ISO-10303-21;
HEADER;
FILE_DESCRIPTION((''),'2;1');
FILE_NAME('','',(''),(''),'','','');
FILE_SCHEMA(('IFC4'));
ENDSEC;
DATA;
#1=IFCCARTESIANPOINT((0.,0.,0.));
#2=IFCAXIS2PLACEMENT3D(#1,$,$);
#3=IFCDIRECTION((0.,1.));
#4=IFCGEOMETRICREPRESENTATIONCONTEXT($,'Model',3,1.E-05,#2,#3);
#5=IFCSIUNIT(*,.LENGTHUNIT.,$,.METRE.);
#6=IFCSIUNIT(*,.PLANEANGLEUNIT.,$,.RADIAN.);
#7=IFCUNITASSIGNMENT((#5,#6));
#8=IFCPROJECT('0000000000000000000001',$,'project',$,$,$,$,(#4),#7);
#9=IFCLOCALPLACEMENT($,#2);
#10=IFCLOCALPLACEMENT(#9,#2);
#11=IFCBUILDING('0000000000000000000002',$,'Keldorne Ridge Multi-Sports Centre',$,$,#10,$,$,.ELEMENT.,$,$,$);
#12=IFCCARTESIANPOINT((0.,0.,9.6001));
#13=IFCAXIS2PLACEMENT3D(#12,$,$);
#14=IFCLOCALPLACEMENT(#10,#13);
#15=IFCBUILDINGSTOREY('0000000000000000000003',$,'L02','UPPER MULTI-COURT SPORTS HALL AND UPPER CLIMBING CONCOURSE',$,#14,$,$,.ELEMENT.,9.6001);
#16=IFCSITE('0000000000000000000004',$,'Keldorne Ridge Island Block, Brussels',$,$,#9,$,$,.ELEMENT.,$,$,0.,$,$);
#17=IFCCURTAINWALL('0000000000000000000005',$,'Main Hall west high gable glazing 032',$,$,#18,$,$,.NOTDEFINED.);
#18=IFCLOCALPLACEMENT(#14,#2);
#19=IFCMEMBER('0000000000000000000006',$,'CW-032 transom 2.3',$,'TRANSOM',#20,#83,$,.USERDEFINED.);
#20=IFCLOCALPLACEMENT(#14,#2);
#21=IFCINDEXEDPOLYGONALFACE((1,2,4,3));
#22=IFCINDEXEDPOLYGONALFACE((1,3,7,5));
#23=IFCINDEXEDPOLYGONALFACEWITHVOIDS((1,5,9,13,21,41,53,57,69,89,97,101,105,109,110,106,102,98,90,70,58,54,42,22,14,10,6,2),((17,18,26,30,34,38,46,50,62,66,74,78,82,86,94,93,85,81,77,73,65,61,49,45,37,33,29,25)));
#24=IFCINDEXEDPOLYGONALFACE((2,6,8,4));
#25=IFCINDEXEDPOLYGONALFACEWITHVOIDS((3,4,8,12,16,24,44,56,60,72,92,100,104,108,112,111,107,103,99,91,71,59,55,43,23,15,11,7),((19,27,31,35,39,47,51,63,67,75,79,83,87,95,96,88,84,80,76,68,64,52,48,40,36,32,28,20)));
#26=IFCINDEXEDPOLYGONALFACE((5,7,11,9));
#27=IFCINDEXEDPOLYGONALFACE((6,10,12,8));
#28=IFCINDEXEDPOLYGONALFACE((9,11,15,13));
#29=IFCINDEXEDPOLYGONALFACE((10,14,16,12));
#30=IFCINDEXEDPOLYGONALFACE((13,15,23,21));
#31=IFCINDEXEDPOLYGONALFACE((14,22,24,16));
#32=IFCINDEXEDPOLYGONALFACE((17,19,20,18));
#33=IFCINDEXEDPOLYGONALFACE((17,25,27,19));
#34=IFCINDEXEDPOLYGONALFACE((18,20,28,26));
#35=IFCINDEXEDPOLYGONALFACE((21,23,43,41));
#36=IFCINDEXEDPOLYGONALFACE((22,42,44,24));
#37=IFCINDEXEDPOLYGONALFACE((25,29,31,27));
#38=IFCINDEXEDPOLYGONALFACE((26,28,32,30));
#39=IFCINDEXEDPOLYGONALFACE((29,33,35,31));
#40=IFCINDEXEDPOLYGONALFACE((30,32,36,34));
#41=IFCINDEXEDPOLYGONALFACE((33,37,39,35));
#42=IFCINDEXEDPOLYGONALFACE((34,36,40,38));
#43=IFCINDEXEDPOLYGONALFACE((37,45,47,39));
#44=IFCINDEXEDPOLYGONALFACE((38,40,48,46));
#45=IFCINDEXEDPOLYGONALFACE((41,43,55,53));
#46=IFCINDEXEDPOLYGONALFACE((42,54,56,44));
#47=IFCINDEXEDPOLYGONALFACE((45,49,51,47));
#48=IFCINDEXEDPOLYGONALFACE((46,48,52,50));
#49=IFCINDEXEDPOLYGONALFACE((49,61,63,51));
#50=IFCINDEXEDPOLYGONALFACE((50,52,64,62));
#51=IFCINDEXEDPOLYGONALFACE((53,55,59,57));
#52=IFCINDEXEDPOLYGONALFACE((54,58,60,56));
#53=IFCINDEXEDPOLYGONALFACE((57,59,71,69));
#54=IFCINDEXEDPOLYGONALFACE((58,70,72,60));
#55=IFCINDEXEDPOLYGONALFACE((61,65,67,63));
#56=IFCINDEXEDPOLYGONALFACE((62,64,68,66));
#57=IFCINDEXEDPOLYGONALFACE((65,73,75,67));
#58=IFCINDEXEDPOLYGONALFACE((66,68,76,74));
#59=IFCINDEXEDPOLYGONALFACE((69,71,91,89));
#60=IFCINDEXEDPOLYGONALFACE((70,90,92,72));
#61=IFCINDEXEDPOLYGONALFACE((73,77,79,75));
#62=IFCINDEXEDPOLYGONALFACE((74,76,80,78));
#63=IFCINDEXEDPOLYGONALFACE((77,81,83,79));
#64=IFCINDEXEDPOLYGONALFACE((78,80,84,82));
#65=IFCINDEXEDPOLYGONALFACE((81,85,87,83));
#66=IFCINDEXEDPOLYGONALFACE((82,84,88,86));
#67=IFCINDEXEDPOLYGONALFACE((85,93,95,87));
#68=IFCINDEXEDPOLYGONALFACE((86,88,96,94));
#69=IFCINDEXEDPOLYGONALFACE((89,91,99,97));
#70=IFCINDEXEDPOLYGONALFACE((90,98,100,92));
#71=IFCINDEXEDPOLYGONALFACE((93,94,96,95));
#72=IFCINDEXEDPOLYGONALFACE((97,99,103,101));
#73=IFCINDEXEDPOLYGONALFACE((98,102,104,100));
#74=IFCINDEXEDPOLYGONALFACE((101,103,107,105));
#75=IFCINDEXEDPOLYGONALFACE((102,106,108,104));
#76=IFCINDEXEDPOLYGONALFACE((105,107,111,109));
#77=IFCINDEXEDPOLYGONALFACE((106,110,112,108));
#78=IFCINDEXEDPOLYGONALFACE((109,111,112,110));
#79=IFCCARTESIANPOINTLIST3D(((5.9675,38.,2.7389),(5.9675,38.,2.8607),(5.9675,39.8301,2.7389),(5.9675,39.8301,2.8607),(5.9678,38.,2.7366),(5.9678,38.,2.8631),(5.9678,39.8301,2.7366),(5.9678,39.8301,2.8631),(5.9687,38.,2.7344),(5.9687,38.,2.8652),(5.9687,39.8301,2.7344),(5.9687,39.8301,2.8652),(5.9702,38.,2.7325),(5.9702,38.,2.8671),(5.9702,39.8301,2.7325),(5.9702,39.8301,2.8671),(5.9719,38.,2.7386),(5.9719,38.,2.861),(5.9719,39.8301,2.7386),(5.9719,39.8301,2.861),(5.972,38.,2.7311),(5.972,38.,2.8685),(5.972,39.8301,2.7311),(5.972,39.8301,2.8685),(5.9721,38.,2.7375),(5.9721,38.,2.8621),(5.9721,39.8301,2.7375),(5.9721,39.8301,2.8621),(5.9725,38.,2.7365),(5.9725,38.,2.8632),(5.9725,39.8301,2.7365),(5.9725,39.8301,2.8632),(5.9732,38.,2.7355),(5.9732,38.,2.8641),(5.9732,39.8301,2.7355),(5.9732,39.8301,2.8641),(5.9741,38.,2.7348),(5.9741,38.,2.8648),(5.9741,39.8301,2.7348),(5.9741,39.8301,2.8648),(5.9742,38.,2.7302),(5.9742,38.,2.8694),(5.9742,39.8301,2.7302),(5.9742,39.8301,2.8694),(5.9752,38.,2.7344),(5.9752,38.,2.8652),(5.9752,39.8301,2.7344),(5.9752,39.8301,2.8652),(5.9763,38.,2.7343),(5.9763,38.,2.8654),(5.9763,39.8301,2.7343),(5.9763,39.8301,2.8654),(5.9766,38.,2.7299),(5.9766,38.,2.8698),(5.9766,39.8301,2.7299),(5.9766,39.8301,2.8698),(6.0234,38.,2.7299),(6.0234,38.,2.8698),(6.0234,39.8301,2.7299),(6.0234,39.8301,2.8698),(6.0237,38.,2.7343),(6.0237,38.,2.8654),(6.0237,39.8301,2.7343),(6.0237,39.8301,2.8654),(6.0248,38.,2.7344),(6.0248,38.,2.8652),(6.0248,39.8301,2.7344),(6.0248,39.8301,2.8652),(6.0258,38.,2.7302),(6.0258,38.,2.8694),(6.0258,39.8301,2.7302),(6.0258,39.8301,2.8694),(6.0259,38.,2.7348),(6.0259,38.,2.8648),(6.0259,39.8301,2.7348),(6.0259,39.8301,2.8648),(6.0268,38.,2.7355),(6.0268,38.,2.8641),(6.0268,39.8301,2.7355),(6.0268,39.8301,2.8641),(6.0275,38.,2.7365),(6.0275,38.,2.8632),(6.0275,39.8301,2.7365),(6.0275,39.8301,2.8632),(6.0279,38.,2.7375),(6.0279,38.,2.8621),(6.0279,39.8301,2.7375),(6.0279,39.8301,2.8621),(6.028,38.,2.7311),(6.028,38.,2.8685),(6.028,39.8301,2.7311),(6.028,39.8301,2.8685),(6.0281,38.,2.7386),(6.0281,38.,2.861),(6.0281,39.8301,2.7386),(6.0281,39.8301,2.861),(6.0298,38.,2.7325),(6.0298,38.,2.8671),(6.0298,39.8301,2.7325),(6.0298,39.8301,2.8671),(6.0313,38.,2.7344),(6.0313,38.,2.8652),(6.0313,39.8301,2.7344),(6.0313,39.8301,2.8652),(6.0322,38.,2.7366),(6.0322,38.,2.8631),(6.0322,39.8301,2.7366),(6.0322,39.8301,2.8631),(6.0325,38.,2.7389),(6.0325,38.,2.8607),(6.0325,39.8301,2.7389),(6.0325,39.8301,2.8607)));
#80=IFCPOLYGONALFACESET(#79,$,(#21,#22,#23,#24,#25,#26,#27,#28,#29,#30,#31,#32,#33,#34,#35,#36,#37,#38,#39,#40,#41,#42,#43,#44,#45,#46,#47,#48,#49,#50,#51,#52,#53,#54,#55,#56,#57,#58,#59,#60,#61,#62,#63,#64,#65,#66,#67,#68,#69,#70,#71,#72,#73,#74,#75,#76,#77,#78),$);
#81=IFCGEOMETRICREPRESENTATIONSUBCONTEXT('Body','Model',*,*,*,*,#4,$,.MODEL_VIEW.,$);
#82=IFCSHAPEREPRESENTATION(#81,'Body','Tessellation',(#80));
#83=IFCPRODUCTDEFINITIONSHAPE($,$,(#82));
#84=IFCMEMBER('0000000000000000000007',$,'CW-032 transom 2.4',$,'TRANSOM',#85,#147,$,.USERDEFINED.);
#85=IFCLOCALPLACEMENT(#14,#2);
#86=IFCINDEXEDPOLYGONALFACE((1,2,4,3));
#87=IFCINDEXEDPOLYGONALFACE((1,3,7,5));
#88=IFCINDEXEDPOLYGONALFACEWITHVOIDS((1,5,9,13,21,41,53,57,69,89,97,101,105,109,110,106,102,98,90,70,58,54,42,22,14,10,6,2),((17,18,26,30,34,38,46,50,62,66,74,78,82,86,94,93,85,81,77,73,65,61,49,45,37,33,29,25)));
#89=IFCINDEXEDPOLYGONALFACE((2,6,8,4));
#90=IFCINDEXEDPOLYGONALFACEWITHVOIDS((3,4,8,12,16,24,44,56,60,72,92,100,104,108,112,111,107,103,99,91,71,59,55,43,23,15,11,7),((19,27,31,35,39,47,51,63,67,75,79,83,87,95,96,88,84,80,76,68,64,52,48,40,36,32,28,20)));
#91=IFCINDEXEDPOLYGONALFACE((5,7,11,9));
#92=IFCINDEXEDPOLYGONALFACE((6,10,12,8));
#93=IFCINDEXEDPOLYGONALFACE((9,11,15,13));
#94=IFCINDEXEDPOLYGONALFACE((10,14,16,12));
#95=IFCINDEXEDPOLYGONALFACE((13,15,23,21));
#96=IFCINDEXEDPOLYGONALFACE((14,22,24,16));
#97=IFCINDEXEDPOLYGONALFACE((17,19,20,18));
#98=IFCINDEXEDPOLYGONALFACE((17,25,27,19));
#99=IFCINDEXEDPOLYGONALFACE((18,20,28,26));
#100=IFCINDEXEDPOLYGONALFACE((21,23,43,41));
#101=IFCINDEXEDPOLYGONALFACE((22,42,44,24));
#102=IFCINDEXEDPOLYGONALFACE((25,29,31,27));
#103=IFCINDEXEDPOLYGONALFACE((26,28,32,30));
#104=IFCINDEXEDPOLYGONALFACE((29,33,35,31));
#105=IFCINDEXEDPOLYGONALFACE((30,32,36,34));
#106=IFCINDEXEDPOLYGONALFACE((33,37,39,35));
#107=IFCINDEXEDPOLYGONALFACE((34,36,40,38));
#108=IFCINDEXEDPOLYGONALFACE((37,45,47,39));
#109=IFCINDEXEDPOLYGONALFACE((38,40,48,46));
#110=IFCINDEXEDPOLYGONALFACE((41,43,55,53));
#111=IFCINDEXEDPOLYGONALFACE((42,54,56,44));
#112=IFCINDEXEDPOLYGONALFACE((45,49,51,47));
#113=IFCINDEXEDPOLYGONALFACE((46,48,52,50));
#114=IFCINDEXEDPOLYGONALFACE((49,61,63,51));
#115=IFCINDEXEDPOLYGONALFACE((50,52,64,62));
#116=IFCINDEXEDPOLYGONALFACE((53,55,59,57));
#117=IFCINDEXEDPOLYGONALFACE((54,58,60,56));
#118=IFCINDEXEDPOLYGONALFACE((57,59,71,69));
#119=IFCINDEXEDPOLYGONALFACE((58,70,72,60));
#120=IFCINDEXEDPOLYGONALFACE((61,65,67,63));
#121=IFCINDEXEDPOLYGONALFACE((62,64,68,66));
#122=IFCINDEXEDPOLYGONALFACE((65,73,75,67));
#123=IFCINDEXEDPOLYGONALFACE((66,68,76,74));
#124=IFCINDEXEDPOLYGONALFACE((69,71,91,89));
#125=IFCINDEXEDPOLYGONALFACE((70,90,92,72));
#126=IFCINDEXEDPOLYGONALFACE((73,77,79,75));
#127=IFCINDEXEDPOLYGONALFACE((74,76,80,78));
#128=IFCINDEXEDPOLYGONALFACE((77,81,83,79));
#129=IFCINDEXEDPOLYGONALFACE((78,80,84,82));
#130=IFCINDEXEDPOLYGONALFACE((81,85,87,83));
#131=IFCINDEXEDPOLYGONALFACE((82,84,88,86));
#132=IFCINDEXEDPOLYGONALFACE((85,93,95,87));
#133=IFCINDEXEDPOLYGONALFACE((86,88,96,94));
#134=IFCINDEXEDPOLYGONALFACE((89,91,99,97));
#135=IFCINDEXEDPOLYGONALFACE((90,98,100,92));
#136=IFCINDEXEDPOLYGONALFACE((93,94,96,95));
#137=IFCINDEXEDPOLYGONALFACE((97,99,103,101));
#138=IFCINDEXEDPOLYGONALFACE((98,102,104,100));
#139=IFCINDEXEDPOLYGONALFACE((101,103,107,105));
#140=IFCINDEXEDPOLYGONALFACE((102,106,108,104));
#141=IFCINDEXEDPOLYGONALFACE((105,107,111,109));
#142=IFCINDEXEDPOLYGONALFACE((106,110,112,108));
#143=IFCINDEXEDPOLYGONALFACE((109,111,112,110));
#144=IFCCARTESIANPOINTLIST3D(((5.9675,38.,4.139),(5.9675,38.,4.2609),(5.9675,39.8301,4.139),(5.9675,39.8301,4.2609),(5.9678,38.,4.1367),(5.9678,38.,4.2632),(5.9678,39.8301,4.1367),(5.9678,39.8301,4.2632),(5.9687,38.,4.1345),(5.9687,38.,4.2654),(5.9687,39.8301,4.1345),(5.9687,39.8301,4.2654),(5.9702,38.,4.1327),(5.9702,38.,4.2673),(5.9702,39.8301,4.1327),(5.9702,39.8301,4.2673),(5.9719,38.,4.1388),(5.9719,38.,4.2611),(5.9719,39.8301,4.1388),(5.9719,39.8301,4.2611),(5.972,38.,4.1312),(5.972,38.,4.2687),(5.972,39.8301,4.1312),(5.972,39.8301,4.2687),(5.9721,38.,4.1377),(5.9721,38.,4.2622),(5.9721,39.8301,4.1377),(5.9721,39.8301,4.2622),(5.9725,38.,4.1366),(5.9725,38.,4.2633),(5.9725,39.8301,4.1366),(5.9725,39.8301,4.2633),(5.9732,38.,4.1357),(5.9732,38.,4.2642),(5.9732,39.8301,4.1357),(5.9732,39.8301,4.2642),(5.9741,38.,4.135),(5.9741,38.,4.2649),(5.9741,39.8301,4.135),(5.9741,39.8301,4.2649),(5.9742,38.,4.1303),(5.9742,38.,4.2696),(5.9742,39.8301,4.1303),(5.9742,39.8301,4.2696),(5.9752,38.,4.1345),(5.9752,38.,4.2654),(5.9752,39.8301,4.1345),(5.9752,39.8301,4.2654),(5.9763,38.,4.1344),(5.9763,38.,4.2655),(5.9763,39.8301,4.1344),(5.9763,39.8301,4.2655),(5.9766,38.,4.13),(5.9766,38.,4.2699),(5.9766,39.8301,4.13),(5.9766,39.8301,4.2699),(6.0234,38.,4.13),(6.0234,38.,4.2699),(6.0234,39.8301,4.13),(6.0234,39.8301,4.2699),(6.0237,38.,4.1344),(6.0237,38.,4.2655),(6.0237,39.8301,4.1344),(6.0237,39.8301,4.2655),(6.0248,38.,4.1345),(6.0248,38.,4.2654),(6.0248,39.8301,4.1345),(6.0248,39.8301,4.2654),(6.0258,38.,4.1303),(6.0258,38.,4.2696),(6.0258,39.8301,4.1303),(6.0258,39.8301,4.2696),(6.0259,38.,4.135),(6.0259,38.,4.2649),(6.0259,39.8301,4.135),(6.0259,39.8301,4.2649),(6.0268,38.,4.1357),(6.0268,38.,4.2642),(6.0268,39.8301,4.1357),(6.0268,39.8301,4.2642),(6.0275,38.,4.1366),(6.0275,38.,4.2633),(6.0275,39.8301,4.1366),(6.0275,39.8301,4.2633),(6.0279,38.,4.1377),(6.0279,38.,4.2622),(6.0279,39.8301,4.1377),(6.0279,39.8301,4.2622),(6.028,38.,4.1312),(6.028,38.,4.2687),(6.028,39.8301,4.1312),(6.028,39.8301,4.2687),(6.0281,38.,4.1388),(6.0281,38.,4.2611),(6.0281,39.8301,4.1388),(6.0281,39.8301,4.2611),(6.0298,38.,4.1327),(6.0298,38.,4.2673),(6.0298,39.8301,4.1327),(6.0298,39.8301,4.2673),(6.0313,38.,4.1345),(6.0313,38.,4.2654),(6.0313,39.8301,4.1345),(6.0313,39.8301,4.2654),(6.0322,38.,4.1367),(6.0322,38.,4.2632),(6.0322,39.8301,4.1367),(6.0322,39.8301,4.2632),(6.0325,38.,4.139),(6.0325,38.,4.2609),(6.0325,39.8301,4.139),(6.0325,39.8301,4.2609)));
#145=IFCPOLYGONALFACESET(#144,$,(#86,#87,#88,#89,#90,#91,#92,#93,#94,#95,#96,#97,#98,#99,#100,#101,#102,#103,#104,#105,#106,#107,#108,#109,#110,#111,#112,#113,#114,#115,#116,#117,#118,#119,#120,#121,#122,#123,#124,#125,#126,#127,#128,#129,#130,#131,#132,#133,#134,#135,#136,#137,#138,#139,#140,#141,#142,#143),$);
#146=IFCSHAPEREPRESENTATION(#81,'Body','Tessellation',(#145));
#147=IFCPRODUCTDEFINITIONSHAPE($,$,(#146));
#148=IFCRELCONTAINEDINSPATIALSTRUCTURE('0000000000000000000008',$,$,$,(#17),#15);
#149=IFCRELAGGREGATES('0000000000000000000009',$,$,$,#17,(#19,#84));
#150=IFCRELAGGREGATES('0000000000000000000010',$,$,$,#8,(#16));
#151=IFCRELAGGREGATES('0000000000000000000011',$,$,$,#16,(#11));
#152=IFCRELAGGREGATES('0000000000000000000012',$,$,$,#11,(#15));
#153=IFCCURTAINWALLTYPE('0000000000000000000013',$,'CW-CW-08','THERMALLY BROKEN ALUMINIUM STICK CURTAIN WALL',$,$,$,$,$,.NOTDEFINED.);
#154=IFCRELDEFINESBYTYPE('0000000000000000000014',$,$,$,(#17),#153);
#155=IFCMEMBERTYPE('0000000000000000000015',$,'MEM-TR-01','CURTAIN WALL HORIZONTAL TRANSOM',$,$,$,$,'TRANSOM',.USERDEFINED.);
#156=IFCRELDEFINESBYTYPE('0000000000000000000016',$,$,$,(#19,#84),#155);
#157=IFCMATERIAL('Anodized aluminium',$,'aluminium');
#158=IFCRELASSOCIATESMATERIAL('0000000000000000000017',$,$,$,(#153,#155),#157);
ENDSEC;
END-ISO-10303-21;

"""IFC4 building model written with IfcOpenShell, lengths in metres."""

from ifc_helpers import new_model, si_unit, direction, frame, origin, origin_2d, place, context, subcontext, project, spatial, hollow_rectangle, extrude, material, material_profile, profile_set, type_object, element, aggregate, save


model = new_model("IFC4")

# Units and contexts
model_context = context("Model", 3, precision=1e-05, world=origin(), true_north=direction((0.0, 1.0)))
body_context = subcontext(model_context, "Body", "Model", "MODEL_VIEW")
ifc_project = project(units=[si_unit("LENGTHUNIT", "METRE"), si_unit("PLANEANGLEUNIT", "RADIAN")], contexts=[model_context])

# Site, building, storey
site_placement = place(None, origin())
site = spatial("IfcSite", under=ifc_project, at=site_placement, Name="Keldorne Ridge Island Block, Brussels", CompositionType="ELEMENT", RefElevation=0.0)
building_placement = place(site_placement, origin())
building = spatial("IfcBuilding", under=site, at=building_placement, Name="Keldorne Ridge Multi-Sports Centre", CompositionType="ELEMENT")
storey_placement = place(building_placement, frame((0.0, 0.0, 9.6001)))
storey = spatial("IfcBuildingStorey", under=building, at=storey_placement, Name="L02", Description="UPPER MULTI-COURT SPORTS HALL AND UPPER CLIMBING CONCOURSE", CompositionType="ELEMENT", Elevation=9.6001)

# Curtain wall, members
ifc_material_1 = material(Name="Anodized aluminium", Category="aluminium")
curtain_wall_type_1 = type_object("IfcCurtainWallType", Name="CW-CW-08", Description="THERMALLY BROKEN ALUMINIUM STICK CURTAIN WALL", PredefinedType="NOTDEFINED", material=ifc_material_1)
curtain_wall_1_placement = place(storey_placement, origin())
curtain_wall_1 = element("IfcCurtainWall", 1, at=curtain_wall_1_placement, inside=storey, type_object=curtain_wall_type_1, Name="Main Hall west high gable glazing 032", PredefinedType="NOTDEFINED")
ifc_material_profile_1 = material_profile(ifc_material_1, hollow_rectangle(XDim=0.0649, YDim=0.1399, WallThickness=0.0044, InnerFilletRadius=0.0044, OuterFilletRadius=0.009, at=origin_2d()), Name="ALU TRANSOM 140x65x4.5")
ifc_profile_set_1 = profile_set([ifc_material_profile_1], Name="Anodized aluminium")
member_type_1 = type_object("IfcMemberType", Name="MEM-TR-01", Description="CURTAIN WALL HORIZONTAL TRANSOM", ElementType="TRANSOM", PredefinedType="USERDEFINED", material=ifc_profile_set_1)
member_1_placement = place(storey_placement, frame((6.0, 39.8301, 2.7998), z_axis=(0.0, -1.0, 0.0), x_axis=(1.0, 0.0, 0.0)))
member_1 = element("IfcMember", 2, at=member_1_placement, type_object=member_type_1, Name="CW-032 transom 2.3", ObjectType="TRANSOM", PredefinedType="USERDEFINED", context=body_context, shape_type="SweptSolid", body=[
    extrude(hollow_rectangle(XDim=0.0649, YDim=0.1399, WallThickness=0.0044, InnerFilletRadius=0.0044, OuterFilletRadius=0.009, at=origin_2d()), origin(), (0.0, 0.0, 1.0), 1.8301),
])
member_2_placement = place(storey_placement, frame((6.0, 39.8301, 4.2), z_axis=(0.0, -1.0, 0.0), x_axis=(1.0, 0.0, 0.0)))
member_2 = element("IfcMember", 3, at=member_2_placement, type_object=member_type_1, Name="CW-032 transom 2.4", ObjectType="TRANSOM", PredefinedType="USERDEFINED", context=body_context, shape_type="SweptSolid", body=[
    extrude(hollow_rectangle(XDim=0.0649, YDim=0.1399, WallThickness=0.0044, InnerFilletRadius=0.0044, OuterFilletRadius=0.009, at=origin_2d()), origin(), (0.0, 0.0, 1.0), 1.8301),
])

aggregate(curtain_wall_1, [member_1, member_2])

save(model, "model.ifc")
